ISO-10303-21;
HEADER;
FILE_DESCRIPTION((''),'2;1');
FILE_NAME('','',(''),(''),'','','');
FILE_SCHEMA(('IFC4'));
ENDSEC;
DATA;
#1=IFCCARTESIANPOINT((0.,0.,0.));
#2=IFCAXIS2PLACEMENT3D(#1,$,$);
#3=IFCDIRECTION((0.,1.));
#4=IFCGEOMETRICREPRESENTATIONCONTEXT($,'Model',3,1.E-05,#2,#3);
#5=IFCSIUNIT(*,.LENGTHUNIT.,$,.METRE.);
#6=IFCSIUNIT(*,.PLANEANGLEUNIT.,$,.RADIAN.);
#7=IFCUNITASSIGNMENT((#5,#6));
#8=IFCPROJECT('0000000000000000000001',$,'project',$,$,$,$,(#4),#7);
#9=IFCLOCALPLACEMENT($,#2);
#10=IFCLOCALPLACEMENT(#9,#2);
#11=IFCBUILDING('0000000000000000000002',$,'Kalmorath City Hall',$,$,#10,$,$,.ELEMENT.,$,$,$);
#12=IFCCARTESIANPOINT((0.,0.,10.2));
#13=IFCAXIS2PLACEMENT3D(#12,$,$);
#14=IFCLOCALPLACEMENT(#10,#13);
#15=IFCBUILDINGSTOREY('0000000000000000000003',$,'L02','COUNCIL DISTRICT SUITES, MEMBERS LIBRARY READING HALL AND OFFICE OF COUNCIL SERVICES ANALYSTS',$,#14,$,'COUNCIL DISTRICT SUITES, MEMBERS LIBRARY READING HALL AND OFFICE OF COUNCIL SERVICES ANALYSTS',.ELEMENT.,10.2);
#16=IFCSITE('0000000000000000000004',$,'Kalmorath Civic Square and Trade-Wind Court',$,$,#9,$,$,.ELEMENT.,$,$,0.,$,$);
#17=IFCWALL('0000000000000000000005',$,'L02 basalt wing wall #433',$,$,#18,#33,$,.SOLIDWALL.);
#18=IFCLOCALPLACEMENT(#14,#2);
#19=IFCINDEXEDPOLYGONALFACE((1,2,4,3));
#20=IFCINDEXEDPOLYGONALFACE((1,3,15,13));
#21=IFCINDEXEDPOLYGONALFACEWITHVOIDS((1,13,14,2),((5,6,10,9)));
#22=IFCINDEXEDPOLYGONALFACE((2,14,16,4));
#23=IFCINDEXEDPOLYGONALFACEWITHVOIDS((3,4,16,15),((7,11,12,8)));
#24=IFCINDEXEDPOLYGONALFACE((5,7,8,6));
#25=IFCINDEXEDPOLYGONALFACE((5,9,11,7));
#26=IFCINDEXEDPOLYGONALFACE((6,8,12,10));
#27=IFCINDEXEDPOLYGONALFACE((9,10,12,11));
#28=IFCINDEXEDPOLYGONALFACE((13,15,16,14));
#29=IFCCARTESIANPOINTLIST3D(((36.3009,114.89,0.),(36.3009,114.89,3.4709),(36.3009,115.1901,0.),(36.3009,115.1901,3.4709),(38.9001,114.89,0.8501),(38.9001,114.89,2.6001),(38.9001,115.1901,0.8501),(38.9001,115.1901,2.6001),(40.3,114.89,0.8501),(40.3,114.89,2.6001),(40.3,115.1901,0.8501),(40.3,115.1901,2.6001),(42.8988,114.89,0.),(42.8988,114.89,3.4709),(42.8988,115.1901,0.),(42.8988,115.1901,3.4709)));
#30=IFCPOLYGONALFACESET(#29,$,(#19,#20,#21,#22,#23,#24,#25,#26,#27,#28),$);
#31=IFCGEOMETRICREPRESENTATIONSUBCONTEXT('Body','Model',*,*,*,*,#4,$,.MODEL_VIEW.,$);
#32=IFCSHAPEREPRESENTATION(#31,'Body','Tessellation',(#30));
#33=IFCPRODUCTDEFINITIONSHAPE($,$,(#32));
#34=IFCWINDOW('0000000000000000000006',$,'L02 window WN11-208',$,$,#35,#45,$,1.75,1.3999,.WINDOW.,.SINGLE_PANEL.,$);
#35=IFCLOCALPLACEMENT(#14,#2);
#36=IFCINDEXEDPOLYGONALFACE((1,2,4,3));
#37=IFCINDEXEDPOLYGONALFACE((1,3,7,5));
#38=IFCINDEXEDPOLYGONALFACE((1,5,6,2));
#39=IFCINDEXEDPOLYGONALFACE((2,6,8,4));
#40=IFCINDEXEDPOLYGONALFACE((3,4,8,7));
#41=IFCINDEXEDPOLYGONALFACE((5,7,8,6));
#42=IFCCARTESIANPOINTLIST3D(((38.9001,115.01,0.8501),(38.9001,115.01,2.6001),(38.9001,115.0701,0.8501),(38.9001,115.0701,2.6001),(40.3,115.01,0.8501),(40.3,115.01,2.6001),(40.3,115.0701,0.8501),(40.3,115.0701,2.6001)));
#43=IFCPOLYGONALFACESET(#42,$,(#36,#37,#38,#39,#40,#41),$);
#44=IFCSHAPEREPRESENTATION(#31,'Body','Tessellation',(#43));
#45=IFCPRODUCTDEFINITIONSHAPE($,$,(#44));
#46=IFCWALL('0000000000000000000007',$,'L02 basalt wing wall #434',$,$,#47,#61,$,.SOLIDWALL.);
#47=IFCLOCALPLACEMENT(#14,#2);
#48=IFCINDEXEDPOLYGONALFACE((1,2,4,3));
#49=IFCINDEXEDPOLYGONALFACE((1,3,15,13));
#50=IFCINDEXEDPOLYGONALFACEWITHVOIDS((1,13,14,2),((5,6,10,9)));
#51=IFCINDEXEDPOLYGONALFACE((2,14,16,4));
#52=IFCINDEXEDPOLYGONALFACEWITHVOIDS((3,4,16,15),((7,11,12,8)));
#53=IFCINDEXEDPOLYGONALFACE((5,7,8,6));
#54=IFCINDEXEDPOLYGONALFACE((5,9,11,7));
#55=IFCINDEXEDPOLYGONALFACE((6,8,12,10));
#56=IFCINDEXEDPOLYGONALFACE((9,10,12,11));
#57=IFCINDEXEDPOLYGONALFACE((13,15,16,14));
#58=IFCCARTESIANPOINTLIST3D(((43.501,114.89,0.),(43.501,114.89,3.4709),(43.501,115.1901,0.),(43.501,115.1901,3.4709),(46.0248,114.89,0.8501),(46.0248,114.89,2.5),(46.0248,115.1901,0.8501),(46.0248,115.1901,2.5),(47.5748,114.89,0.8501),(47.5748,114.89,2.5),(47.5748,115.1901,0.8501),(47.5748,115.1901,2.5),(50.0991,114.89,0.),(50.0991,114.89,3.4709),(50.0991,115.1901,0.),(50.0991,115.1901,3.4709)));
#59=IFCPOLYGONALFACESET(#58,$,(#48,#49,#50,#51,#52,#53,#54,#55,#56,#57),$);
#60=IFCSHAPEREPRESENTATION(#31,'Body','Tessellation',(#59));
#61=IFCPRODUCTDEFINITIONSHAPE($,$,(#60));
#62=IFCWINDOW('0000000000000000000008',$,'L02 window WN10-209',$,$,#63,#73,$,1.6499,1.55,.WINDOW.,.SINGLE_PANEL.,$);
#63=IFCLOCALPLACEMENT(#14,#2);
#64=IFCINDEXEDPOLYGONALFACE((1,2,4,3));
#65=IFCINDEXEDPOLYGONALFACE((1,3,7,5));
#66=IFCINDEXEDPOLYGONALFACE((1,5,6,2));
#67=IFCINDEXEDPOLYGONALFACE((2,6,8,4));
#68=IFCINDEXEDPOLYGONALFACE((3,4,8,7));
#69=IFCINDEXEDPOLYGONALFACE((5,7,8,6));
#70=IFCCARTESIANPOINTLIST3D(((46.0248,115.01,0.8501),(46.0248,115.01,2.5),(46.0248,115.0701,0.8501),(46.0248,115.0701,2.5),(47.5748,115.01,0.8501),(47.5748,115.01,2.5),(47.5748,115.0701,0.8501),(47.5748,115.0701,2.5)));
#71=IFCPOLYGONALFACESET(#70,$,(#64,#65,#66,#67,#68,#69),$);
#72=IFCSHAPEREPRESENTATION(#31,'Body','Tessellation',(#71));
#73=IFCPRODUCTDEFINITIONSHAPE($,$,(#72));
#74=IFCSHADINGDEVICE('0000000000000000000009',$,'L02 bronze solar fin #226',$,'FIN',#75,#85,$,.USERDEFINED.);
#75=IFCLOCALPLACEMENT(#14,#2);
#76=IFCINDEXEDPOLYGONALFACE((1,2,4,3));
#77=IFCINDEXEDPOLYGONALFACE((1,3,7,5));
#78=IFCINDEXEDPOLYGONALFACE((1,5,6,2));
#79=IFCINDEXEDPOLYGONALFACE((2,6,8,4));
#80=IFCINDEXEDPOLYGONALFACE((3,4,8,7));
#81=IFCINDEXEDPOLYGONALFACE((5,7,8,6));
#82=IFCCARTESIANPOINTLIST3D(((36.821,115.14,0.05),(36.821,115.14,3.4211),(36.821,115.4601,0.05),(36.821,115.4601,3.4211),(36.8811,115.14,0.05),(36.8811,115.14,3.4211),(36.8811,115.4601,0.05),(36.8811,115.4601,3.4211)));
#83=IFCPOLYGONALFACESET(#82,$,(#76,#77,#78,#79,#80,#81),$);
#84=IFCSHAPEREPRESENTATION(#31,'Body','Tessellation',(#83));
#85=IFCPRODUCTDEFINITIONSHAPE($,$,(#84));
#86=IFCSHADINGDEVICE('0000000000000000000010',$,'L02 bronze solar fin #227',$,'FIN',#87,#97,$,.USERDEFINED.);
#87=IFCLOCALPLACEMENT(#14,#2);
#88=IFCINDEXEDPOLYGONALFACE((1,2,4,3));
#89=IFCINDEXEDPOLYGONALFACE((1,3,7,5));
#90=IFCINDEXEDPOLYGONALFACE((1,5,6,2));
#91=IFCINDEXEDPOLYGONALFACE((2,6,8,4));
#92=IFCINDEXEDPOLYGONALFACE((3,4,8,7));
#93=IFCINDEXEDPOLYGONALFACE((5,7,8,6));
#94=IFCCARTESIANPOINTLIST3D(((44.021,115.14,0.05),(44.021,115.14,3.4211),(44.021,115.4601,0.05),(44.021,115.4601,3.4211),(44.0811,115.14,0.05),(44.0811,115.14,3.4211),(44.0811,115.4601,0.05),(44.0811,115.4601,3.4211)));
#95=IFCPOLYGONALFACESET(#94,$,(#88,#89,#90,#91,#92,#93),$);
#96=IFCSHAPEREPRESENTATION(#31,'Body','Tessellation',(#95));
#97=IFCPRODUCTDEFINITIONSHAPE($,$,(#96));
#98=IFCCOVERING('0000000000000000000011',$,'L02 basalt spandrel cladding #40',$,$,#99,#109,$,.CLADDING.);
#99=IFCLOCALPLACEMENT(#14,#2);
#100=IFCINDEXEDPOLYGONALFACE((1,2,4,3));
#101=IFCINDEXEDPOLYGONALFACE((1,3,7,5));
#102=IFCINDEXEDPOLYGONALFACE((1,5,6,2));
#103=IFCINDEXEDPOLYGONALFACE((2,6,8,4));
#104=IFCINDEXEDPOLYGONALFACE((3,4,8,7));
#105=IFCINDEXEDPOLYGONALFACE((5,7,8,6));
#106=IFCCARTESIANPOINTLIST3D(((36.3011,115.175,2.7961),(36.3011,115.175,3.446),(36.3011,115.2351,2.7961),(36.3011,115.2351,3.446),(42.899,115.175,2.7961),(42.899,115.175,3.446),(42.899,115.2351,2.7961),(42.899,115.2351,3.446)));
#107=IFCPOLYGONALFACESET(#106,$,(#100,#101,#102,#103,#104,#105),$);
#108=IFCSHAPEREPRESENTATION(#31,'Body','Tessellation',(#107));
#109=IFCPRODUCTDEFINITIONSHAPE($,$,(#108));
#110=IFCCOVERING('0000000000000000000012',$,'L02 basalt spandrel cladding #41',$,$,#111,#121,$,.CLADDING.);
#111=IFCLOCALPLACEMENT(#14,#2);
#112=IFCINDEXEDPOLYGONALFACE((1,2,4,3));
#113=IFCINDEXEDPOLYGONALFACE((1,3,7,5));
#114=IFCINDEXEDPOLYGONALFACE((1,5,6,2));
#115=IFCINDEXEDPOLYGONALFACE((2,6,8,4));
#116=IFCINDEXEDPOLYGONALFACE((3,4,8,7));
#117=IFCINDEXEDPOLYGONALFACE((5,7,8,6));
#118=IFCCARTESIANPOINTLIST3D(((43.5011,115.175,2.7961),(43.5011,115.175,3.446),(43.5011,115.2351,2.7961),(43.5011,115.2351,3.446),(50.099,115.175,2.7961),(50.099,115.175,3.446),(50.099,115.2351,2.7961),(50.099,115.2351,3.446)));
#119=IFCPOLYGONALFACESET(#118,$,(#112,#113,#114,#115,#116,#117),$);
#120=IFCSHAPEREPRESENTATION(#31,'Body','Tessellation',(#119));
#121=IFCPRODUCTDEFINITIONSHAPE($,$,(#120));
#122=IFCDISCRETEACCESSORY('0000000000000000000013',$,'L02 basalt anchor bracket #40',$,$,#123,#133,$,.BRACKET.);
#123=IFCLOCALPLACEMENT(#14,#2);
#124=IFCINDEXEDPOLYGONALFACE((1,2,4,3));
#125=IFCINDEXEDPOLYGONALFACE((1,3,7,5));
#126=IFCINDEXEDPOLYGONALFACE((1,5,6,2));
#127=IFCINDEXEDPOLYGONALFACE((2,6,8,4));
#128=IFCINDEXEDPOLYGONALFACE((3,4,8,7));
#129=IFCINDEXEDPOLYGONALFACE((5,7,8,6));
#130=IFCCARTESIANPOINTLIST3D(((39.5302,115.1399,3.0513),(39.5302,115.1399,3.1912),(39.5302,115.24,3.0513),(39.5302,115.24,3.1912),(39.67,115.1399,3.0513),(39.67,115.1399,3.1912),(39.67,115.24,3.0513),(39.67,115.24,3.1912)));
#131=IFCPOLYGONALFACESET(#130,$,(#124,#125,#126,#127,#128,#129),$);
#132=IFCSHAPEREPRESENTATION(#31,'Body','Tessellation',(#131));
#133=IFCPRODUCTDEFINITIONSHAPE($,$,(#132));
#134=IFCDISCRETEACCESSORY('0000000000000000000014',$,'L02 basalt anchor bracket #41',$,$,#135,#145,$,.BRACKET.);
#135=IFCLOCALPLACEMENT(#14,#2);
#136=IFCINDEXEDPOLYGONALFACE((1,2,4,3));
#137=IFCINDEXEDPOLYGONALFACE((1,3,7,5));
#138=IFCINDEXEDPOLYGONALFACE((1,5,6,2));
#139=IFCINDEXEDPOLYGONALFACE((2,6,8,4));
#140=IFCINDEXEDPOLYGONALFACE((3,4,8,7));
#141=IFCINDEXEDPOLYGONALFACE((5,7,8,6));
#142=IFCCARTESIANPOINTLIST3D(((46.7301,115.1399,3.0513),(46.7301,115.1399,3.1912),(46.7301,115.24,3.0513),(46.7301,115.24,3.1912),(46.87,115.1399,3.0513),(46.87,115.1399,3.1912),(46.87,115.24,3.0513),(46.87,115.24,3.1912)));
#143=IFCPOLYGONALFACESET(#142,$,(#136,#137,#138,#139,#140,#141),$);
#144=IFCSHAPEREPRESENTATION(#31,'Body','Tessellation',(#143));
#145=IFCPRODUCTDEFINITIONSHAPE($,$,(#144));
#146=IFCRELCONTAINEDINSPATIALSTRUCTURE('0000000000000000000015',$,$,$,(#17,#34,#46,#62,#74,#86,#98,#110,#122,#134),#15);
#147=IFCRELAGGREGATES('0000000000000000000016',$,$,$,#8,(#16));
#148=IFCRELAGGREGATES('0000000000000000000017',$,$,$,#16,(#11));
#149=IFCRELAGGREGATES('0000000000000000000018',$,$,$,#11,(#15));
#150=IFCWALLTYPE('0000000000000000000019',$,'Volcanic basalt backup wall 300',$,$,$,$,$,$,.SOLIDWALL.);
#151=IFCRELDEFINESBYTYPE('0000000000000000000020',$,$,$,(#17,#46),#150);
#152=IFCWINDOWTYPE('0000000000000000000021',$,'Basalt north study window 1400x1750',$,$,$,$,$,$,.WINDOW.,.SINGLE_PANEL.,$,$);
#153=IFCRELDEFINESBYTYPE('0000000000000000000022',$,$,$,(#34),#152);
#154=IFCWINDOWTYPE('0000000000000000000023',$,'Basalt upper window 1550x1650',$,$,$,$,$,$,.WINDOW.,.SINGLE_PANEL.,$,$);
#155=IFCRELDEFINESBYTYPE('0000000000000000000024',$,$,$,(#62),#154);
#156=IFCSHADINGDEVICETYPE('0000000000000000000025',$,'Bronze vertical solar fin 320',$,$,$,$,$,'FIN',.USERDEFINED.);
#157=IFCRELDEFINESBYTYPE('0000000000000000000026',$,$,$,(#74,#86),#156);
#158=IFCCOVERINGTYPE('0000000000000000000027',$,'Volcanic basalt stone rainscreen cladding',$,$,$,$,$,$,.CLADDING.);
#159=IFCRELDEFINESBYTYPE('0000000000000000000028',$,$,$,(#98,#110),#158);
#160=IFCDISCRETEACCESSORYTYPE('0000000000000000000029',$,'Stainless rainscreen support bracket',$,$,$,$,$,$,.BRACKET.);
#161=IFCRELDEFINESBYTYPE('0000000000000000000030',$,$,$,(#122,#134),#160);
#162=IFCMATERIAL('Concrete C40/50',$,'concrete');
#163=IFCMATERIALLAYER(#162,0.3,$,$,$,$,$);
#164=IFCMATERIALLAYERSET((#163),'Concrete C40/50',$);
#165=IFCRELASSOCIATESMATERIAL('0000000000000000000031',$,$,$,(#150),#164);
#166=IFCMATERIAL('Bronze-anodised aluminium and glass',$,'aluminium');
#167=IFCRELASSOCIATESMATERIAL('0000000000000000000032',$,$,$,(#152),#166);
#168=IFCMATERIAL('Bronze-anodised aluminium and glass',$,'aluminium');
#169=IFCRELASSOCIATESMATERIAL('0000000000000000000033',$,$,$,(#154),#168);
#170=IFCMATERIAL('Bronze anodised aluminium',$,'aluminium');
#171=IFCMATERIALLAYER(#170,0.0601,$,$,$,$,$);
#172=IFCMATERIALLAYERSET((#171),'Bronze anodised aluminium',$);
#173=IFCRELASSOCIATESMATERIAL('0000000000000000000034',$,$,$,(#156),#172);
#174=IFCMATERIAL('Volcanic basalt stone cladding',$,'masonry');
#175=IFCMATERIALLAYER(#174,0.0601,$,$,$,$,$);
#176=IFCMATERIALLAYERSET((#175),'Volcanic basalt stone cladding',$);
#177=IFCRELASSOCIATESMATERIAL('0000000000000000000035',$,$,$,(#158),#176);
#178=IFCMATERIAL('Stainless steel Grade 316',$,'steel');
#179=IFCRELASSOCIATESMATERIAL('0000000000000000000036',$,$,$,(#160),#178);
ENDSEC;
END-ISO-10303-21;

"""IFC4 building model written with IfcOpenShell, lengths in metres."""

from ifc_helpers import new_model, si_unit, direction, frame, frame_2d, origin, origin_2d, place, context, subcontext, project, spatial, rectangle, extrude, material, layer, layer_set, type_object, element, fill, save


model = new_model("IFC4")

# Units and contexts
model_context = context("Model", 3, precision=1e-05, world=origin(), true_north=direction((0.0, 1.0)))
body_context = subcontext(model_context, "Body", "Model", "MODEL_VIEW")
ifc_project = project(units=[si_unit("LENGTHUNIT", "METRE"), si_unit("PLANEANGLEUNIT", "RADIAN")], contexts=[model_context])

# Site, building, storey
site_placement = place(None, origin())
site = spatial("IfcSite", under=ifc_project, at=site_placement, Name="Kalmorath Civic Square and Trade-Wind Court", CompositionType="ELEMENT", RefElevation=0.0)
building_placement = place(site_placement, origin())
building = spatial("IfcBuilding", under=site, at=building_placement, Name="Kalmorath City Hall", CompositionType="ELEMENT")
storey_placement = place(building_placement, frame((0.0, 0.0, 10.2)))
storey = spatial("IfcBuildingStorey", under=building, at=storey_placement, Name="L02", Description="COUNCIL DISTRICT SUITES, MEMBERS LIBRARY READING HALL AND OFFICE OF COUNCIL SERVICES ANALYSTS", LongName="COUNCIL DISTRICT SUITES, MEMBERS LIBRARY READING HALL AND OFFICE OF COUNCIL SERVICES ANALYSTS", CompositionType="ELEMENT", Elevation=10.2)

# Walls, openings, windows
ifc_material_1 = material(Name="Concrete C40/50", Category="concrete")
ifc_layer_1 = layer(ifc_material_1, 0.3)
ifc_layer_set_1 = layer_set([ifc_layer_1], Name="Concrete C40/50")
wall_type = type_object("IfcWallType", Name="Volcanic basalt backup wall 300", PredefinedType="SOLIDWALL", material=ifc_layer_set_1)
wall_1_placement = place(storey_placement, frame((36.301, 115.04, 0.0), z_axis=(0.0, 0.0, 1.0), x_axis=(1.0, 0.0, 0.0)))
wall_1 = element("IfcWall", 1, at=wall_1_placement, inside=storey, type_object=wall_type, Name="L02 basalt wing wall #433", PredefinedType="SOLIDWALL", context=body_context, shape_type="SweptSolid", body=[
    extrude(rectangle(XDim=6.5979, YDim=0.3, at=frame_2d((3.2988, 0.0))), origin(), (0.0, 0.0, 1.0), 3.4709),
])
opening_1_placement = place(wall_1_placement, frame((2.5991, 0.0, 0.8501)))
opening_1 = element("IfcOpeningElement", 2, at=opening_1_placement, cuts=wall_1, PredefinedType="OPENING", context=body_context, shape_type="SweptSolid", body=[
    extrude(rectangle(XDim=1.3999, YDim=1.75, at=frame_2d((0.7, 0.875))), frame((0.0, 0.1599, 0.0), z_axis=(0.0, -1.0, 0.0), x_axis=(1.0, 0.0, 0.0)), (0.0, 0.0, 1.0), 0.3201),
])
ifc_material_2 = material(Name="Bronze-anodised aluminium and glass", Category="aluminium")
window_type_1 = type_object("IfcWindowType", Name="Basalt north study window 1400x1750", PartitioningType="SINGLE_PANEL", PredefinedType="WINDOW", material=ifc_material_2)
window_1_placement = place(opening_1_placement, origin())
window_1 = element("IfcWindow", 3, at=window_1_placement, inside=storey, type_object=window_type_1, Name="L02 window WN11-208", OverallHeight=1.75, OverallWidth=1.3999, PartitioningType="SINGLE_PANEL", PredefinedType="WINDOW", context=body_context, shape_type="SweptSolid", body=[
    extrude(rectangle(XDim=1.3999, YDim=1.75, at=frame_2d((0.7, 0.875))), frame((0.0, 0.03, 0.0), z_axis=(0.0, -1.0, 0.0), x_axis=(1.0, 0.0, 0.0)), (0.0, 0.0, 1.0), 0.0601),
])
fill(opening_1, window_1)
wall_2_placement = place(storey_placement, frame((43.501, 115.04, 0.0), z_axis=(0.0, 0.0, 1.0), x_axis=(1.0, 0.0, 0.0)))
wall_2 = element("IfcWall", 4, at=wall_2_placement, inside=storey, type_object=wall_type, Name="L02 basalt wing wall #434", PredefinedType="SOLIDWALL", context=body_context, shape_type="SweptSolid", body=[
    extrude(rectangle(XDim=6.5981, YDim=0.3, at=frame_2d((3.2991, 0.0))), origin(), (0.0, 0.0, 1.0), 3.4709),
])
opening_2_placement = place(wall_2_placement, frame((2.5239, 0.0, 0.8501)))
opening_2 = element("IfcOpeningElement", 5, at=opening_2_placement, cuts=wall_2, PredefinedType="OPENING", context=body_context, shape_type="SweptSolid", body=[
    extrude(rectangle(XDim=1.55, YDim=1.6499, at=frame_2d((0.7749, 0.825))), frame((0.0, 0.1599, 0.0), z_axis=(0.0, -1.0, 0.0), x_axis=(1.0, 0.0, 0.0)), (0.0, 0.0, 1.0), 0.3201),
])
ifc_material_3 = material(Name="Bronze-anodised aluminium and glass", Category="aluminium")
window_type_2 = type_object("IfcWindowType", Name="Basalt upper window 1550x1650", PartitioningType="SINGLE_PANEL", PredefinedType="WINDOW", material=ifc_material_3)
window_2_placement = place(opening_2_placement, origin())
window_2 = element("IfcWindow", 6, at=window_2_placement, inside=storey, type_object=window_type_2, Name="L02 window WN10-209", OverallHeight=1.6499, OverallWidth=1.55, PartitioningType="SINGLE_PANEL", PredefinedType="WINDOW", context=body_context, shape_type="SweptSolid", body=[
    extrude(rectangle(XDim=1.55, YDim=1.6499, at=frame_2d((0.7749, 0.825))), frame((0.0, 0.03, 0.0), z_axis=(0.0, -1.0, 0.0), x_axis=(1.0, 0.0, 0.0)), (0.0, 0.0, 1.0), 0.0601),
])
fill(opening_2, window_2)

# Shading devices
ifc_material_4 = material(Name="Bronze anodised aluminium", Category="aluminium")
ifc_layer_2 = layer(ifc_material_4, 0.0601)
ifc_layer_set_2 = layer_set([ifc_layer_2], Name="Bronze anodised aluminium")
shading_device_type = type_object("IfcShadingDeviceType", Name="Bronze vertical solar fin 320", ElementType="FIN", PredefinedType="USERDEFINED", material=ifc_layer_set_2)
for number, where, z_axis, x_axis, name in (
    (7, (36.8511, 115.3, 0.05), (0.0, 0.0, 1.0), (1.0, 0.0, 0.0), "L02 bronze solar fin #226"),
    (8, (44.051, 115.3, 0.05), (0.0, 0.0, 1.0), (1.0, 0.0, 0.0), "L02 bronze solar fin #227"),
):
    element("IfcShadingDevice", number, at=place(storey_placement, frame(where, z_axis=z_axis, x_axis=x_axis)), inside=storey, type_object=shading_device_type, Name=name, ObjectType="FIN", PredefinedType="USERDEFINED", context=body_context, shape_type="SweptSolid", body=[
        extrude(rectangle(XDim=0.0601, YDim=0.3201, at=origin_2d()), origin(), (0.0, 0.0, 1.0), 3.3711),
    ])

# Coverings
ifc_material_5 = material(Name="Volcanic basalt stone cladding", Category="masonry")
ifc_layer_3 = layer(ifc_material_5, 0.0601)
ifc_layer_set_3 = layer_set([ifc_layer_3], Name="Volcanic basalt stone cladding")
covering_type = type_object("IfcCoveringType", Name="Volcanic basalt stone rainscreen cladding", PredefinedType="CLADDING", material=ifc_layer_set_3)
for number, where, z_axis, x_axis, name in (
    (9, (39.6001, 115.2051, 2.7961), (0.0, 0.0, 1.0), (1.0, 0.0, 0.0), "L02 basalt spandrel cladding #40"),
    (10, (46.8, 115.2051, 2.7961), (0.0, 0.0, 1.0), (1.0, 0.0, 0.0), "L02 basalt spandrel cladding #41"),
):
    element("IfcCovering", number, at=place(storey_placement, frame(where, z_axis=z_axis, x_axis=x_axis)), inside=storey, type_object=covering_type, Name=name, PredefinedType="CLADDING", context=body_context, shape_type="SweptSolid", body=[
        extrude(rectangle(XDim=6.5979, YDim=0.0601, at=origin_2d()), origin(), (0.0, 0.0, 1.0), 0.6499),
    ])

# Discrete accessories
ifc_material_6 = material(Name="Stainless steel Grade 316", Category="steel")
discrete_accessory_type = type_object("IfcDiscreteAccessoryType", Name="Stainless rainscreen support bracket", PredefinedType="BRACKET", material=ifc_material_6)
for number, where, z_axis, x_axis, name in (
    (11, (39.6001, 115.1899, 3.0513), (0.0, 0.0, 1.0), (1.0, 0.0, 0.0), "L02 basalt anchor bracket #40"),
    (12, (46.8, 115.1899, 3.0513), (0.0, 0.0, 1.0), (1.0, 0.0, 0.0), "L02 basalt anchor bracket #41"),
):
    element("IfcDiscreteAccessory", number, at=place(storey_placement, frame(where, z_axis=z_axis, x_axis=x_axis)), inside=storey, type_object=discrete_accessory_type, Name=name, PredefinedType="BRACKET", context=body_context, shape_type="SweptSolid", body=[
        extrude(rectangle(XDim=0.1399, YDim=0.1001, at=origin_2d()), origin(), (0.0, 0.0, 1.0), 0.1399),
    ])

save(model, "model.ifc")
